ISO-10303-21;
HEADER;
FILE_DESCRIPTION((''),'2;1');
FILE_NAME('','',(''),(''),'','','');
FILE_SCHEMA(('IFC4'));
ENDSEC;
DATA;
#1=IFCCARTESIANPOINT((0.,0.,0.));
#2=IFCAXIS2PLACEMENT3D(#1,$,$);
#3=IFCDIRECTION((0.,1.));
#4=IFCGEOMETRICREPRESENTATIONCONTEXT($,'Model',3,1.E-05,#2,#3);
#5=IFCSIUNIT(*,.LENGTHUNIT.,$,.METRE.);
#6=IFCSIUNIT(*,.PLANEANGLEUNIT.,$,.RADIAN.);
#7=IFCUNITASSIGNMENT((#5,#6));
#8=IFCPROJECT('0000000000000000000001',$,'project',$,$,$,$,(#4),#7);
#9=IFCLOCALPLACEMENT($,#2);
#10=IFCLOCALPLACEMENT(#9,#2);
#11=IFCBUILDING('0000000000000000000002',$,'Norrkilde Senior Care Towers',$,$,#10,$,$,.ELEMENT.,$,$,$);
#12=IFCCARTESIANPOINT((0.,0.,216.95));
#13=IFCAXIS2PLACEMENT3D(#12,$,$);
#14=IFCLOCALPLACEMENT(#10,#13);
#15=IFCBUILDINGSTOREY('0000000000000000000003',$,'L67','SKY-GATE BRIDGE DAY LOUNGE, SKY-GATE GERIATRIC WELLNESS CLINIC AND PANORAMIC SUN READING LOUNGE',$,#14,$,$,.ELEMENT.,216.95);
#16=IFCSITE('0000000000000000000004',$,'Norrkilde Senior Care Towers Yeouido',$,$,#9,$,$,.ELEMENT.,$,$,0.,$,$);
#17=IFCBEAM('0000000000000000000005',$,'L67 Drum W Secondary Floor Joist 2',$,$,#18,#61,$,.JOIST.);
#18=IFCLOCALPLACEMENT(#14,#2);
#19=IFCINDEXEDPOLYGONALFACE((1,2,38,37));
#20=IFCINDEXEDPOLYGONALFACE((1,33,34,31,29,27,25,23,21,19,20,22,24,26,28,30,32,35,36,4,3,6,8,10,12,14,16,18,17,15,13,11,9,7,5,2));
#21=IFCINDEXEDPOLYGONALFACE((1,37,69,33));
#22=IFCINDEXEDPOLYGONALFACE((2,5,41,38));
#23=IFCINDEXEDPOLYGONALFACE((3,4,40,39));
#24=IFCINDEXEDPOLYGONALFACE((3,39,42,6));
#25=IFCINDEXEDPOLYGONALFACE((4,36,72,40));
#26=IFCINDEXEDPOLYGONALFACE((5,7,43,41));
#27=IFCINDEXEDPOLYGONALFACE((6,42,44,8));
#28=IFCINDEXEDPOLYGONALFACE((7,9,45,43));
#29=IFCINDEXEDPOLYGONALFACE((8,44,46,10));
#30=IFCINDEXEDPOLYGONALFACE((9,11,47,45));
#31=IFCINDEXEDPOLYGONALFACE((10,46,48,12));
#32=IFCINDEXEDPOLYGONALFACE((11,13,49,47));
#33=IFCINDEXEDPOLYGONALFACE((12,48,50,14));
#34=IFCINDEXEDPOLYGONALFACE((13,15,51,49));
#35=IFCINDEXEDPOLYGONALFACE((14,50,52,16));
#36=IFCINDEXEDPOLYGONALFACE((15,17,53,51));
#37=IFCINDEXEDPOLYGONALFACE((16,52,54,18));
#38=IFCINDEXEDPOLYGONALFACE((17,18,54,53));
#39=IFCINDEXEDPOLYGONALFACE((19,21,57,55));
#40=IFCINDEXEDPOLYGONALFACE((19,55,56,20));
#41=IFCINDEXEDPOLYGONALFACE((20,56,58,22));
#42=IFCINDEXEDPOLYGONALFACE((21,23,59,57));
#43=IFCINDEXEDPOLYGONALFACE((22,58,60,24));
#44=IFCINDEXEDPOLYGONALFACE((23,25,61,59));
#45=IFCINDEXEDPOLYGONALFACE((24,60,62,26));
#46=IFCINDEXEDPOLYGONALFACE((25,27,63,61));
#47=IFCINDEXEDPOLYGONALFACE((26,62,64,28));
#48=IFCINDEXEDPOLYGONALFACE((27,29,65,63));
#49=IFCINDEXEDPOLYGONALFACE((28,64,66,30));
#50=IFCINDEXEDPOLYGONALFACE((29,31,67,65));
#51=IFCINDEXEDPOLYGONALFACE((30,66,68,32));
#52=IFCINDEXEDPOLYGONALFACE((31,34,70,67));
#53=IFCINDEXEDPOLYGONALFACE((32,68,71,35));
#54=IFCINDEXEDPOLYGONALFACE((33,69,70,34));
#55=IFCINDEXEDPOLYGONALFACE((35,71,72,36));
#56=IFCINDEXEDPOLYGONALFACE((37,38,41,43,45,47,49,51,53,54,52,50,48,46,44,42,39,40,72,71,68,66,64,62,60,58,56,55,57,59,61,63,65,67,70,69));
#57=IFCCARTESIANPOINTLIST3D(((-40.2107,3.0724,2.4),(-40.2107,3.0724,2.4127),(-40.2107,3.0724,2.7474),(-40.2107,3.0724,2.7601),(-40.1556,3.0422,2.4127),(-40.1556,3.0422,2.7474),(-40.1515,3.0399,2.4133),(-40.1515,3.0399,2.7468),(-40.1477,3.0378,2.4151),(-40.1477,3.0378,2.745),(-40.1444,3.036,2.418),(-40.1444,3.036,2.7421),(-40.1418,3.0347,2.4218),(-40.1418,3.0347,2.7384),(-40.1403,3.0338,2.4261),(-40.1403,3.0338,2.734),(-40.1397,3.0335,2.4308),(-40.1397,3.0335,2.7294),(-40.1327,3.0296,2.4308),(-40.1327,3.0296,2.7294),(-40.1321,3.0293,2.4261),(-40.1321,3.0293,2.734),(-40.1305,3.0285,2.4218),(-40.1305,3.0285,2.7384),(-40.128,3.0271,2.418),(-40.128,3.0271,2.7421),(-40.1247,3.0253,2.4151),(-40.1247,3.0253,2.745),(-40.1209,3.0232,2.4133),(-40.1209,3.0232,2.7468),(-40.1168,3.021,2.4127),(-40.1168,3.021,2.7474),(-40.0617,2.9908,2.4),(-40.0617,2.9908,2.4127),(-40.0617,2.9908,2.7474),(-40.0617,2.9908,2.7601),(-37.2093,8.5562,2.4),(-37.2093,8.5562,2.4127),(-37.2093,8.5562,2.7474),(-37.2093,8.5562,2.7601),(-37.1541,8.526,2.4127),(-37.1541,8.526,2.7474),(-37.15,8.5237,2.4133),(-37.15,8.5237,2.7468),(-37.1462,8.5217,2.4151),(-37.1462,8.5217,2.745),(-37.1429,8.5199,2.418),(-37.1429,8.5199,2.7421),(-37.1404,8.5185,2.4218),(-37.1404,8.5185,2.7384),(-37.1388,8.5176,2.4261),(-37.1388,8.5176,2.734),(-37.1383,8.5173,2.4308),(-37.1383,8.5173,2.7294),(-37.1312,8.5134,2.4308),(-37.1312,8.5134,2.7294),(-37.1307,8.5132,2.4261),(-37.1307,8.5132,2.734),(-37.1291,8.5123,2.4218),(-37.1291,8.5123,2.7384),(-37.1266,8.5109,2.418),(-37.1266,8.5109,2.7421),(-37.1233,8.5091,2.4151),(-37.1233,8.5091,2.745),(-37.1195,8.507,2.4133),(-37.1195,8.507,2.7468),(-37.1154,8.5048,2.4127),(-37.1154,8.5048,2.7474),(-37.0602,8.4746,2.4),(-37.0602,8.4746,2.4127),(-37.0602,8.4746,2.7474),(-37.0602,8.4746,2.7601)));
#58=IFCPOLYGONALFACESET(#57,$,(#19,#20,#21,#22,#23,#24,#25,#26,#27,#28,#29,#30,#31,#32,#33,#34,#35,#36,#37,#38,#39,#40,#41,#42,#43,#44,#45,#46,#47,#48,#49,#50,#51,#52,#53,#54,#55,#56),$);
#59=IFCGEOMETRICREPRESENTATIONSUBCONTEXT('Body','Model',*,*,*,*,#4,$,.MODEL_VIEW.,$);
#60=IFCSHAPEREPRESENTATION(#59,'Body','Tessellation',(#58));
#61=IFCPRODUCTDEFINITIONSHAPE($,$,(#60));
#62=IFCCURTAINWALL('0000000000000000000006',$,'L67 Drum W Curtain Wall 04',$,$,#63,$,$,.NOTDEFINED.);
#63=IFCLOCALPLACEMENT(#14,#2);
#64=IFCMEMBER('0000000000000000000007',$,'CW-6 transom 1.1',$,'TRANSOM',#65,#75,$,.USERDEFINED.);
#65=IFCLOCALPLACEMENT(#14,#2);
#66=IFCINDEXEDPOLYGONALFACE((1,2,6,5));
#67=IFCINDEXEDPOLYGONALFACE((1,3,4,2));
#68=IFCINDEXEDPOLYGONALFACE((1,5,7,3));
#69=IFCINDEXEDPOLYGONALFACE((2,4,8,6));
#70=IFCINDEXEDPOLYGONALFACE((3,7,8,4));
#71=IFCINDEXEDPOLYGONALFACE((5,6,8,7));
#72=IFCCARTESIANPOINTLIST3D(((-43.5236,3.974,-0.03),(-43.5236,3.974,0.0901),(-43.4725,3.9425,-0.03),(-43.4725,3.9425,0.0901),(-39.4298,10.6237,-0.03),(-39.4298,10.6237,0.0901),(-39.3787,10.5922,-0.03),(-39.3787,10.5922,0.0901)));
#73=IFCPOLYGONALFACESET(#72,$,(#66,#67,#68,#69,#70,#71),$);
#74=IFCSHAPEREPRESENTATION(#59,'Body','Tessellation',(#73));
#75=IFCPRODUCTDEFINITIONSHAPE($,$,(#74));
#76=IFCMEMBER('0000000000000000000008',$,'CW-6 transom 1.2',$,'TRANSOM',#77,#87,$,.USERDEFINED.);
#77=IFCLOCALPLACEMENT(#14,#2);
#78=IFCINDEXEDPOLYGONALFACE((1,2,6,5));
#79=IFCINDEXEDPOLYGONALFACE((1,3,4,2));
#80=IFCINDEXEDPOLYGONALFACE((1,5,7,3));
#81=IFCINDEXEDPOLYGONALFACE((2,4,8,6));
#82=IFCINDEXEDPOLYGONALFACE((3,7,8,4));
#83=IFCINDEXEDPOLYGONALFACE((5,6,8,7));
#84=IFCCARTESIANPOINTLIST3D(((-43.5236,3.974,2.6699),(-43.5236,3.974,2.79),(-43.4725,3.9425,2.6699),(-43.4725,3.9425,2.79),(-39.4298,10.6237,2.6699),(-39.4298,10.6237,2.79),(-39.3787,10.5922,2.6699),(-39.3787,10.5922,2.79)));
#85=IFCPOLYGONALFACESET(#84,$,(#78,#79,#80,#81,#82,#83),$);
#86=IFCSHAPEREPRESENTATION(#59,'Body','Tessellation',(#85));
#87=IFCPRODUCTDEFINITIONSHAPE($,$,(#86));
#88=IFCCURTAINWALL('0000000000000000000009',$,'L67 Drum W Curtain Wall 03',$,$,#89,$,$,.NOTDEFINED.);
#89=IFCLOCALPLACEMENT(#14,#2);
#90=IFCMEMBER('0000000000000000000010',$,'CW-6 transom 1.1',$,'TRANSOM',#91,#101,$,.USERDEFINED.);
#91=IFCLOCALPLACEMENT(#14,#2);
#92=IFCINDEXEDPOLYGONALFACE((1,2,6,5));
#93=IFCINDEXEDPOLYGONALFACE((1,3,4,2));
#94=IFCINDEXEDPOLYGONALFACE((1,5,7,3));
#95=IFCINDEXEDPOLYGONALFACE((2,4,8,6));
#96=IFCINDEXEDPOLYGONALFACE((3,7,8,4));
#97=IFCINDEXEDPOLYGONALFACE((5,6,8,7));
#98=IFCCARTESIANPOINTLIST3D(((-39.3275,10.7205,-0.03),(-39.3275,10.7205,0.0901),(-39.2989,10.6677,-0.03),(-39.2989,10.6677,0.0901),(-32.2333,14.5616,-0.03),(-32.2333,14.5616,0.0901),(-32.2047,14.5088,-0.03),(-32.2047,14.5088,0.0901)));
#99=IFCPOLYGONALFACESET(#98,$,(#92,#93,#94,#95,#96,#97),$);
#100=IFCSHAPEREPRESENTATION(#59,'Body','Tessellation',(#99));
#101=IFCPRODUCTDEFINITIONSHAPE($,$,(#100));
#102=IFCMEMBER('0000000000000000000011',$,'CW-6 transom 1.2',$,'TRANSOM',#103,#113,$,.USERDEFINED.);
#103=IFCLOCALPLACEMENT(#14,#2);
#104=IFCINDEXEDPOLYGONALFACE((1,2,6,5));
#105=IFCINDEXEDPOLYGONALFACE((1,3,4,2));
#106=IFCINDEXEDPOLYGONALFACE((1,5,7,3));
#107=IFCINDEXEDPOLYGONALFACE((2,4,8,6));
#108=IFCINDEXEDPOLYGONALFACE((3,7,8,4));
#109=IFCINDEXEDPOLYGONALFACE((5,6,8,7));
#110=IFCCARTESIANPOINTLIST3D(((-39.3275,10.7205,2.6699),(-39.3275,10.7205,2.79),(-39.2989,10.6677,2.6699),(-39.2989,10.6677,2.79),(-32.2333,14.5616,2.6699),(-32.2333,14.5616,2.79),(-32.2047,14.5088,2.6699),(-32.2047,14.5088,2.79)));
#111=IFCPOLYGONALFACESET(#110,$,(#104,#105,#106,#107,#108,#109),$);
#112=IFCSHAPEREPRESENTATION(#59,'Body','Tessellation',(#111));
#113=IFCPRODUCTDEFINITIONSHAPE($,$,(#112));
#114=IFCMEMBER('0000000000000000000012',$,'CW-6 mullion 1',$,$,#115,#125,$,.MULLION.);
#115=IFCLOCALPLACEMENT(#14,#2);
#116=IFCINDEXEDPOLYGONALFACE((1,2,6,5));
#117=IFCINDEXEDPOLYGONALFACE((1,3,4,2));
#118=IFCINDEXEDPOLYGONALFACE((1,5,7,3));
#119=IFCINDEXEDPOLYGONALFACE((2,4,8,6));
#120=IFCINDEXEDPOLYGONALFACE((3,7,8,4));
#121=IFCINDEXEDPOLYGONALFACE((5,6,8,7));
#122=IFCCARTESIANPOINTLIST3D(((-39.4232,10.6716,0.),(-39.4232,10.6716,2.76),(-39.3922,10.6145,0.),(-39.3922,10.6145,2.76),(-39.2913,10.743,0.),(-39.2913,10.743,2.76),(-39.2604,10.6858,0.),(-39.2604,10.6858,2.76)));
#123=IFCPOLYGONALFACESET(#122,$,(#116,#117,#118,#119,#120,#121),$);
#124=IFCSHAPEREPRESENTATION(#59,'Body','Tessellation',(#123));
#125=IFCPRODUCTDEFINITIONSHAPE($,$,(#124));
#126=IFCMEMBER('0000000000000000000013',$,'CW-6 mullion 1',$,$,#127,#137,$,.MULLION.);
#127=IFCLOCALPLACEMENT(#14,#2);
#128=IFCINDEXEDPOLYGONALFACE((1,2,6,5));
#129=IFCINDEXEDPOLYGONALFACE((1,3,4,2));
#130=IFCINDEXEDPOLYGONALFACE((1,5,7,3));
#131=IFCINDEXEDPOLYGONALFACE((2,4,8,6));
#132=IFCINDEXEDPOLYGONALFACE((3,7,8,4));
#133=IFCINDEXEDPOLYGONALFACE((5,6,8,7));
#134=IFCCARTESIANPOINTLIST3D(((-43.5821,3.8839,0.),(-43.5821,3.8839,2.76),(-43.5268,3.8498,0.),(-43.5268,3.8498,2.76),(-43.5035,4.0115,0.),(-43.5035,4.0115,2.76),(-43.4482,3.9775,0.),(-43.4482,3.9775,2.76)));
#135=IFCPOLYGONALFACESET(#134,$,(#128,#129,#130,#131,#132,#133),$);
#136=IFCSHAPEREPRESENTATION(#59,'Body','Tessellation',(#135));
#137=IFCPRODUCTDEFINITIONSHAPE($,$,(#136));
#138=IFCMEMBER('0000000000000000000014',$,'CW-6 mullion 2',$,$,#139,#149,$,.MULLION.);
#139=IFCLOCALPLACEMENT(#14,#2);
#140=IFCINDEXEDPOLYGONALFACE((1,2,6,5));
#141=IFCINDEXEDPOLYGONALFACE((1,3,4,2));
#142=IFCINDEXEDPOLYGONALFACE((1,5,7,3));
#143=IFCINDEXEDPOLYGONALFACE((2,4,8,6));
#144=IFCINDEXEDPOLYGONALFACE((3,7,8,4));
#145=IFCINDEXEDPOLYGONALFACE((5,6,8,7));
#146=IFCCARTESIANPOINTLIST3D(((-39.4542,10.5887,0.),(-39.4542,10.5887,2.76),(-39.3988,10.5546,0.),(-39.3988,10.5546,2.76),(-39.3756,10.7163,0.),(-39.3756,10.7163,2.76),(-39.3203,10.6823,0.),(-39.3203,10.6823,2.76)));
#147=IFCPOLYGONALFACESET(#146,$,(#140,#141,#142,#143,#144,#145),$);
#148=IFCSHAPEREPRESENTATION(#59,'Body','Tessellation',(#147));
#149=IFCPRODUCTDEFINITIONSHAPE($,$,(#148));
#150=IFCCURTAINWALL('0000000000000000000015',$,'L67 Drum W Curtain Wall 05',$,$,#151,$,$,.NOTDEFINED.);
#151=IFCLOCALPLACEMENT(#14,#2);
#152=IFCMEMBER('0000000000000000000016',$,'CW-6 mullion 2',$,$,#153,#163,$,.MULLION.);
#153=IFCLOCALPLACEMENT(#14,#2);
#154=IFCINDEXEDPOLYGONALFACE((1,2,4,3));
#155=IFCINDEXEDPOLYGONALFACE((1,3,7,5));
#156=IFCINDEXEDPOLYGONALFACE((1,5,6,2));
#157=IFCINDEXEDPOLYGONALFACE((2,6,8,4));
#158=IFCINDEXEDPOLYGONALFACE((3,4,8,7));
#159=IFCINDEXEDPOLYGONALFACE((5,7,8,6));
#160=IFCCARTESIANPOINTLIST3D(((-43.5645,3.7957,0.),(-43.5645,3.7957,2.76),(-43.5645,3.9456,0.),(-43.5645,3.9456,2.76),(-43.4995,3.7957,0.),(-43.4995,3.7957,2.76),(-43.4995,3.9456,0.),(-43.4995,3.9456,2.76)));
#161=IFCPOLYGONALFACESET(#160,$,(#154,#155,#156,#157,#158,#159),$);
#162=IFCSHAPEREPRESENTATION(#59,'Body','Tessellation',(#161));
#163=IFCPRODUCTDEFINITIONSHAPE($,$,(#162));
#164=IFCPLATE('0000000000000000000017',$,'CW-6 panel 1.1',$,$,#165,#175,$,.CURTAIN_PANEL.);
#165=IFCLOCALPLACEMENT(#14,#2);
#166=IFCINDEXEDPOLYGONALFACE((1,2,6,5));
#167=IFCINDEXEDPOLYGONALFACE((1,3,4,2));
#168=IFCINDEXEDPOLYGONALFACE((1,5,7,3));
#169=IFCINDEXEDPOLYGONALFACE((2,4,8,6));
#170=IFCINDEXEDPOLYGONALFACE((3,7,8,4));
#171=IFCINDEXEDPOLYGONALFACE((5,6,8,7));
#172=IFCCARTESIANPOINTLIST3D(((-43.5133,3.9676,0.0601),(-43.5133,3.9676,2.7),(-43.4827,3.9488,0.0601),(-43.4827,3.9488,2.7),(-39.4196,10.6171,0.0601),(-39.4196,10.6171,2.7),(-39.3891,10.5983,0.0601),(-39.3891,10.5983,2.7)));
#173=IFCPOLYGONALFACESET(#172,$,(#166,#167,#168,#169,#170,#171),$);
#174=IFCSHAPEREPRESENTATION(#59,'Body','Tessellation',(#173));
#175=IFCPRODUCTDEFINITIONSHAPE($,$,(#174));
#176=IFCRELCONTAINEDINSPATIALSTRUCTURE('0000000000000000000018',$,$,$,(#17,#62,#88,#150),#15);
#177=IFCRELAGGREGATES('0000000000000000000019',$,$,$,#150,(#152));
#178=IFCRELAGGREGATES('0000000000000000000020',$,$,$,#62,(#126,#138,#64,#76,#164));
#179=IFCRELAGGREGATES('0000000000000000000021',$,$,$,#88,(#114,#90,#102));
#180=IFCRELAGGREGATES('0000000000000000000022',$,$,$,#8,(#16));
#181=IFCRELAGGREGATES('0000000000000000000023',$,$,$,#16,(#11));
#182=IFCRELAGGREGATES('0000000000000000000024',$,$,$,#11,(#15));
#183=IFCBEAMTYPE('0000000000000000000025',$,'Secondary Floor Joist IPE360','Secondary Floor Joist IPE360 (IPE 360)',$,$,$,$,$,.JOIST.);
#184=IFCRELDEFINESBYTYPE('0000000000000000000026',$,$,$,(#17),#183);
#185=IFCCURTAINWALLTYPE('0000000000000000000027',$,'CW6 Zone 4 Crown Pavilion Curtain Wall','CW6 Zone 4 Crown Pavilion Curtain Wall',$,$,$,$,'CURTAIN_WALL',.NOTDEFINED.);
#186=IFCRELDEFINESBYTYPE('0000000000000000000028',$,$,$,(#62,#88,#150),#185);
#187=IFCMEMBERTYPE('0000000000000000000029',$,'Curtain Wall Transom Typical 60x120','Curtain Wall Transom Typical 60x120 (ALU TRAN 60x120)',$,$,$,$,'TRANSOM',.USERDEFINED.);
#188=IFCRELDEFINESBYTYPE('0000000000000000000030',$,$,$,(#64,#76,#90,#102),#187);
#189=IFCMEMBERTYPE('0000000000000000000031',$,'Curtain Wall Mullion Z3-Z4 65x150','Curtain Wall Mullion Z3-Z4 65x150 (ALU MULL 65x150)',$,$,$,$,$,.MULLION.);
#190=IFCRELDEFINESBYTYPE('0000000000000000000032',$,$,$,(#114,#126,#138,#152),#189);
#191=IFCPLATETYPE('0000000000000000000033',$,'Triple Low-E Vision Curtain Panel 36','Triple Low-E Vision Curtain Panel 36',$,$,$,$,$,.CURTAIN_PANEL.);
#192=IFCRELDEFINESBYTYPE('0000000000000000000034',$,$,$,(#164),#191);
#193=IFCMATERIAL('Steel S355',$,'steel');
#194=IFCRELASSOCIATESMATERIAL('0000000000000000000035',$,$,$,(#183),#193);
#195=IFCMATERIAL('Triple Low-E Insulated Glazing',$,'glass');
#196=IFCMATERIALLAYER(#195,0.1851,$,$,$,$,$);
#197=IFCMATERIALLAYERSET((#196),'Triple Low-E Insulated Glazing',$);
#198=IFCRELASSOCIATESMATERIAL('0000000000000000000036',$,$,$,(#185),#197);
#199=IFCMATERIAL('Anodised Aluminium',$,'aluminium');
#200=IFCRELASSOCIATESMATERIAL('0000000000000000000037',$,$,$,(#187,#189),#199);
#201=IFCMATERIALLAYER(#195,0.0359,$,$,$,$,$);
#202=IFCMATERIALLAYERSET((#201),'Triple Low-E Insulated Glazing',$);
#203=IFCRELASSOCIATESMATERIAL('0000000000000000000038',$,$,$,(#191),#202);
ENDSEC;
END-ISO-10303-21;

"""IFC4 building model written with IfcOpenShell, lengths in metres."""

from ifc_helpers import new_model, si_unit, direction, frame, origin, origin_2d, place, context, subcontext, project, spatial, rectangle, i_section, extrude, source, transform, mapped, material, layer, layer_set, material_profile, profile_set, type_object, type_shapes, element, aggregate, save


model = new_model("IFC4")

# Units and contexts
model_context = context("Model", 3, precision=1e-05, world=origin(), true_north=direction((0.0, 1.0)))
body_context = subcontext(model_context, "Body", "Model", "MODEL_VIEW")
ifc_project = project(units=[si_unit("LENGTHUNIT", "METRE"), si_unit("PLANEANGLEUNIT", "RADIAN")], contexts=[model_context])

# Site, building, storey
site_placement = place(None, origin())
site = spatial("IfcSite", under=ifc_project, at=site_placement, Name="Norrkilde Senior Care Towers Yeouido", CompositionType="ELEMENT", RefElevation=0.0)
building_placement = place(site_placement, origin())
building = spatial("IfcBuilding", under=site, at=building_placement, Name="Norrkilde Senior Care Towers", CompositionType="ELEMENT")
storey_placement = place(building_placement, frame((0.0, 0.0, 216.95)))
storey = spatial("IfcBuildingStorey", under=building, at=storey_placement, Name="L67", Description="SKY-GATE BRIDGE DAY LOUNGE, SKY-GATE GERIATRIC WELLNESS CLINIC AND PANORAMIC SUN READING LOUNGE", CompositionType="ELEMENT", Elevation=216.95)

# Beam
ifc_material_1 = material(Name="Steel S355", Category="steel")
ifc_material_profile_1 = material_profile(ifc_material_1, i_section(OverallWidth=0.1699, OverallDepth=0.3601, WebThickness=0.0081, FlangeThickness=0.0127, FilletRadius=0.0181, at=origin_2d()), Name="IPE 360")
ifc_profile_set_1 = profile_set([ifc_material_profile_1], Name="Steel S355")
beam_type_1 = type_object("IfcBeamType", Name="Secondary Floor Joist IPE360", Description="Secondary Floor Joist IPE360 (IPE 360)", PredefinedType="JOIST", material=ifc_profile_set_1)
shared_shape_1 = source(origin(), body_context, "Body", "SweptSolid", [
    extrude(i_section(OverallWidth=0.1699, OverallDepth=0.3601, WebThickness=0.0081, FlangeThickness=0.0127, FilletRadius=0.0181, at=origin_2d()), origin(), (0.0, 0.0, 1.0), 6.2515),
])
type_shapes(beam_type_1, [shared_shape_1])
beam_1_placement = place(storey_placement, frame((-37.1348, 8.5154, 2.5801), z_axis=(-0.480116, -0.877205, 0.0), x_axis=(0.877205, -0.480116, 0.0)))
element("IfcBeam", 1, at=beam_1_placement, inside=storey, type_object=beam_type_1, Name="L67 Drum W Secondary Floor Joist 2", PredefinedType="JOIST", context=body_context, shape_type="MappedRepresentation", body=[
    mapped(shared_shape_1, transform((0.0, 0.0, 0.0), x_axis=(1.0, 0.0, 0.0), y_axis=(0.0, 1.0, 0.0), z_axis=(0.0, 0.0, 1.0), scale=1.0)),
])

# Curtain walls, members
ifc_material_2 = material(Name="Triple Low-E Insulated Glazing", Category="glass")
ifc_layer_1 = layer(ifc_material_2, 0.1851)
ifc_layer_set_1 = layer_set([ifc_layer_1], Name="Triple Low-E Insulated Glazing")
curtain_wall_type = type_object("IfcCurtainWallType", Name="CW6 Zone 4 Crown Pavilion Curtain Wall", Description="CW6 Zone 4 Crown Pavilion Curtain Wall", ElementType="CURTAIN_WALL", PredefinedType="NOTDEFINED", material=ifc_layer_set_1)
curtain_wall_1_placement = place(storey_placement, origin())
curtain_wall_1 = element("IfcCurtainWall", 2, at=curtain_wall_1_placement, inside=storey, type_object=curtain_wall_type, Name="L67 Drum W Curtain Wall 04", PredefinedType="NOTDEFINED")
ifc_material_3 = material(Name="Anodised Aluminium", Category="aluminium")
ifc_material_profile_2 = material_profile(ifc_material_3, rectangle(XDim=0.0601, YDim=0.1201, at=origin_2d()), Name="ALU TRAN 60x120")
ifc_profile_set_2 = profile_set([ifc_material_profile_2], Name="Anodised Aluminium")
member_type_1 = type_object("IfcMemberType", Name="Curtain Wall Transom Typical 60x120", Description="Curtain Wall Transom Typical 60x120 (ALU TRAN 60x120)", ElementType="TRANSOM", PredefinedType="USERDEFINED", material=ifc_profile_set_2)
shared_shape_2 = source(origin(), body_context, "Body", "SweptSolid", [
    extrude(rectangle(XDim=0.0601, YDim=0.1201, at=origin_2d()), origin(), (0.0, 0.0, 1.0), 7.8088),
])
member_1_placement = place(storey_placement, frame((-43.498, 3.9583, 0.03), z_axis=(0.524251, 0.851564, 0.0), x_axis=(-0.851564, 0.524251, 0.0)))
member_1 = element("IfcMember", 3, at=member_1_placement, type_object=member_type_1, Name="CW-6 transom 1.1", ObjectType="TRANSOM", PredefinedType="USERDEFINED", context=body_context, shape_type="MappedRepresentation", body=[
    mapped(shared_shape_2, transform((0.0, 0.0, 0.0), x_axis=(1.0, 0.0, 0.0), y_axis=(0.0, 1.0, 0.0), z_axis=(0.0, 0.0, 1.0), scale=1.0)),
])
member_2_placement = place(storey_placement, frame((-43.498, 3.9583, 2.73), z_axis=(0.524251, 0.851564, 0.0), x_axis=(-0.851564, 0.524251, 0.0)))
member_2 = element("IfcMember", 4, at=member_2_placement, type_object=member_type_1, Name="CW-6 transom 1.2", ObjectType="TRANSOM", PredefinedType="USERDEFINED", context=body_context, shape_type="MappedRepresentation", body=[
    mapped(shared_shape_2, transform((0.0, 0.0, 0.0), x_axis=(1.0, 0.0, 0.0), y_axis=(0.0, 1.0, 0.0), z_axis=(0.0, 0.0, 1.0), scale=1.0)),
])
curtain_wall_2_placement = place(storey_placement, origin())
curtain_wall_2 = element("IfcCurtainWall", 5, at=curtain_wall_2_placement, inside=storey, type_object=curtain_wall_type, Name="L67 Drum W Curtain Wall 03", PredefinedType="NOTDEFINED")
shared_shape_3 = source(origin(), body_context, "Body", "SweptSolid", [
    extrude(rectangle(XDim=0.0601, YDim=0.1201, at=origin_2d()), origin(), (0.0, 0.0, 1.0), 8.0674),
])
type_shapes(member_type_1, [shared_shape_2, shared_shape_3])
member_3_placement = place(storey_placement, frame((-39.3132, 10.6941, 0.03), z_axis=(0.879378, 0.476125, 0.0), x_axis=(-0.476125, 0.879378, 0.0)))
member_3 = element("IfcMember", 6, at=member_3_placement, type_object=member_type_1, Name="CW-6 transom 1.1", ObjectType="TRANSOM", PredefinedType="USERDEFINED", context=body_context, shape_type="MappedRepresentation", body=[
    mapped(shared_shape_3, transform((0.0, 0.0, 0.0), x_axis=(1.0, 0.0, 0.0), y_axis=(0.0, 1.0, 0.0), z_axis=(0.0, 0.0, 1.0), scale=1.0)),
])
member_4_placement = place(storey_placement, frame((-39.3132, 10.6941, 2.73), z_axis=(0.879378, 0.476125, 0.0), x_axis=(-0.476125, 0.879378, 0.0)))
member_4 = element("IfcMember", 7, at=member_4_placement, type_object=member_type_1, Name="CW-6 transom 1.2", ObjectType="TRANSOM", PredefinedType="USERDEFINED", context=body_context, shape_type="MappedRepresentation", body=[
    mapped(shared_shape_3, transform((0.0, 0.0, 0.0), x_axis=(1.0, 0.0, 0.0), y_axis=(0.0, 1.0, 0.0), z_axis=(0.0, 0.0, 1.0), scale=1.0)),
])
ifc_material_profile_3 = material_profile(ifc_material_3, rectangle(XDim=0.0649, YDim=0.1499, at=origin_2d()), Name="ALU MULL 65x150")
ifc_profile_set_3 = profile_set([ifc_material_profile_3], Name="Anodised Aluminium")
member_type_2 = type_object("IfcMemberType", Name="Curtain Wall Mullion Z3-Z4 65x150", Description="Curtain Wall Mullion Z3-Z4 65x150 (ALU MULL 65x150)", PredefinedType="MULLION", material=ifc_profile_set_3)
shared_shape_4 = source(origin(), body_context, "Body", "SweptSolid", [
    extrude(rectangle(XDim=0.0649, YDim=0.1499, at=origin_2d()), origin(), (0.0, 0.0, 1.0), 2.76),
])
type_shapes(member_type_2, [shared_shape_4])
member_5_placement = place(storey_placement, frame((-39.3418, 10.6787, 0.0), z_axis=(0.0, 0.0, 1.0), x_axis=(-0.476133, 0.879373, 0.0)))
member_5 = element("IfcMember", 8, at=member_5_placement, type_object=member_type_2, Name="CW-6 mullion 1", PredefinedType="MULLION", context=body_context, shape_type="MappedRepresentation", body=[
    mapped(shared_shape_4, transform((0.0, 0.0, 0.0), x_axis=(1.0, 0.0, 0.0), y_axis=(0.0, 1.0, 0.0), z_axis=(0.0, 0.0, 1.0), scale=1.0)),
])

# Members
member_6_placement = place(storey_placement, frame((-43.5151, 3.9307, 0.0), z_axis=(0.0, 0.0, 1.0), x_axis=(-0.851563, 0.524253, 0.0)))
member_6 = element("IfcMember", 9, at=member_6_placement, type_object=member_type_2, Name="CW-6 mullion 1", PredefinedType="MULLION", context=body_context, shape_type="MappedRepresentation", body=[
    mapped(shared_shape_4, transform((0.0, 0.0, 0.0), x_axis=(1.0, 0.0, 0.0), y_axis=(0.0, 1.0, 0.0), z_axis=(0.0, 0.0, 1.0), scale=1.0)),
])
member_7_placement = place(storey_placement, frame((-39.3872, 10.6355, 0.0), z_axis=(0.0, 0.0, 1.0), x_axis=(-0.851563, 0.524253, 0.0)))
member_7 = element("IfcMember", 10, at=member_7_placement, type_object=member_type_2, Name="CW-6 mullion 2", PredefinedType="MULLION", context=body_context, shape_type="MappedRepresentation", body=[
    mapped(shared_shape_4, transform((0.0, 0.0, 0.0), x_axis=(1.0, 0.0, 0.0), y_axis=(0.0, 1.0, 0.0), z_axis=(0.0, 0.0, 1.0), scale=1.0)),
])

# Curtain wall, member
curtain_wall_3_placement = place(storey_placement, origin())
curtain_wall_3 = element("IfcCurtainWall", 11, at=curtain_wall_3_placement, inside=storey, type_object=curtain_wall_type, Name="L67 Drum W Curtain Wall 05", PredefinedType="NOTDEFINED")
member_8_placement = place(storey_placement, frame((-43.532, 3.8706, 0.0), z_axis=(0.0, 0.0, 1.0), x_axis=(-1.0, 0.0, 0.0)))
member_8 = element("IfcMember", 12, at=member_8_placement, type_object=member_type_2, Name="CW-6 mullion 2", PredefinedType="MULLION", context=body_context, shape_type="MappedRepresentation", body=[
    mapped(shared_shape_4, transform((0.0, 0.0, 0.0), x_axis=(1.0, 0.0, 0.0), y_axis=(0.0, 1.0, 0.0), z_axis=(0.0, 0.0, 1.0), scale=1.0)),
])
aggregate(curtain_wall_3, [member_8])

# Plate
ifc_layer_2 = layer(ifc_material_2, 0.0359)
ifc_layer_set_2 = layer_set([ifc_layer_2], Name="Triple Low-E Insulated Glazing")
plate_type = type_object("IfcPlateType", Name="Triple Low-E Vision Curtain Panel 36", Description="Triple Low-E Vision Curtain Panel 36", PredefinedType="CURTAIN_PANEL", material=ifc_layer_set_2)
shared_shape_5 = source(origin(), body_context, "Body", "SweptSolid", [
    extrude(rectangle(XDim=7.8086, YDim=0.0359, at=origin_2d()), origin(), (0.0, 0.0, 1.0), 2.6399),
])
plate_1_placement = place(storey_placement, frame((-41.4512, 7.283, 0.0601), z_axis=(0.0, 0.0, 1.0), x_axis=(0.524253, 0.851563, 0.0)))
plate_1 = element("IfcPlate", 13, at=plate_1_placement, type_object=plate_type, Name="CW-6 panel 1.1", PredefinedType="CURTAIN_PANEL", context=body_context, shape_type="MappedRepresentation", body=[
    mapped(shared_shape_5, transform((0.0, 0.0, 0.0), x_axis=(1.0, 0.0, 0.0), y_axis=(0.0, 1.0, 0.0), z_axis=(0.0, 0.0, 1.0), scale=1.0)),
])
aggregate(curtain_wall_1, [member_6, member_7, member_1, member_2, plate_1])
aggregate(curtain_wall_2, [member_5, member_3, member_4])

save(model, "model.ifc")
